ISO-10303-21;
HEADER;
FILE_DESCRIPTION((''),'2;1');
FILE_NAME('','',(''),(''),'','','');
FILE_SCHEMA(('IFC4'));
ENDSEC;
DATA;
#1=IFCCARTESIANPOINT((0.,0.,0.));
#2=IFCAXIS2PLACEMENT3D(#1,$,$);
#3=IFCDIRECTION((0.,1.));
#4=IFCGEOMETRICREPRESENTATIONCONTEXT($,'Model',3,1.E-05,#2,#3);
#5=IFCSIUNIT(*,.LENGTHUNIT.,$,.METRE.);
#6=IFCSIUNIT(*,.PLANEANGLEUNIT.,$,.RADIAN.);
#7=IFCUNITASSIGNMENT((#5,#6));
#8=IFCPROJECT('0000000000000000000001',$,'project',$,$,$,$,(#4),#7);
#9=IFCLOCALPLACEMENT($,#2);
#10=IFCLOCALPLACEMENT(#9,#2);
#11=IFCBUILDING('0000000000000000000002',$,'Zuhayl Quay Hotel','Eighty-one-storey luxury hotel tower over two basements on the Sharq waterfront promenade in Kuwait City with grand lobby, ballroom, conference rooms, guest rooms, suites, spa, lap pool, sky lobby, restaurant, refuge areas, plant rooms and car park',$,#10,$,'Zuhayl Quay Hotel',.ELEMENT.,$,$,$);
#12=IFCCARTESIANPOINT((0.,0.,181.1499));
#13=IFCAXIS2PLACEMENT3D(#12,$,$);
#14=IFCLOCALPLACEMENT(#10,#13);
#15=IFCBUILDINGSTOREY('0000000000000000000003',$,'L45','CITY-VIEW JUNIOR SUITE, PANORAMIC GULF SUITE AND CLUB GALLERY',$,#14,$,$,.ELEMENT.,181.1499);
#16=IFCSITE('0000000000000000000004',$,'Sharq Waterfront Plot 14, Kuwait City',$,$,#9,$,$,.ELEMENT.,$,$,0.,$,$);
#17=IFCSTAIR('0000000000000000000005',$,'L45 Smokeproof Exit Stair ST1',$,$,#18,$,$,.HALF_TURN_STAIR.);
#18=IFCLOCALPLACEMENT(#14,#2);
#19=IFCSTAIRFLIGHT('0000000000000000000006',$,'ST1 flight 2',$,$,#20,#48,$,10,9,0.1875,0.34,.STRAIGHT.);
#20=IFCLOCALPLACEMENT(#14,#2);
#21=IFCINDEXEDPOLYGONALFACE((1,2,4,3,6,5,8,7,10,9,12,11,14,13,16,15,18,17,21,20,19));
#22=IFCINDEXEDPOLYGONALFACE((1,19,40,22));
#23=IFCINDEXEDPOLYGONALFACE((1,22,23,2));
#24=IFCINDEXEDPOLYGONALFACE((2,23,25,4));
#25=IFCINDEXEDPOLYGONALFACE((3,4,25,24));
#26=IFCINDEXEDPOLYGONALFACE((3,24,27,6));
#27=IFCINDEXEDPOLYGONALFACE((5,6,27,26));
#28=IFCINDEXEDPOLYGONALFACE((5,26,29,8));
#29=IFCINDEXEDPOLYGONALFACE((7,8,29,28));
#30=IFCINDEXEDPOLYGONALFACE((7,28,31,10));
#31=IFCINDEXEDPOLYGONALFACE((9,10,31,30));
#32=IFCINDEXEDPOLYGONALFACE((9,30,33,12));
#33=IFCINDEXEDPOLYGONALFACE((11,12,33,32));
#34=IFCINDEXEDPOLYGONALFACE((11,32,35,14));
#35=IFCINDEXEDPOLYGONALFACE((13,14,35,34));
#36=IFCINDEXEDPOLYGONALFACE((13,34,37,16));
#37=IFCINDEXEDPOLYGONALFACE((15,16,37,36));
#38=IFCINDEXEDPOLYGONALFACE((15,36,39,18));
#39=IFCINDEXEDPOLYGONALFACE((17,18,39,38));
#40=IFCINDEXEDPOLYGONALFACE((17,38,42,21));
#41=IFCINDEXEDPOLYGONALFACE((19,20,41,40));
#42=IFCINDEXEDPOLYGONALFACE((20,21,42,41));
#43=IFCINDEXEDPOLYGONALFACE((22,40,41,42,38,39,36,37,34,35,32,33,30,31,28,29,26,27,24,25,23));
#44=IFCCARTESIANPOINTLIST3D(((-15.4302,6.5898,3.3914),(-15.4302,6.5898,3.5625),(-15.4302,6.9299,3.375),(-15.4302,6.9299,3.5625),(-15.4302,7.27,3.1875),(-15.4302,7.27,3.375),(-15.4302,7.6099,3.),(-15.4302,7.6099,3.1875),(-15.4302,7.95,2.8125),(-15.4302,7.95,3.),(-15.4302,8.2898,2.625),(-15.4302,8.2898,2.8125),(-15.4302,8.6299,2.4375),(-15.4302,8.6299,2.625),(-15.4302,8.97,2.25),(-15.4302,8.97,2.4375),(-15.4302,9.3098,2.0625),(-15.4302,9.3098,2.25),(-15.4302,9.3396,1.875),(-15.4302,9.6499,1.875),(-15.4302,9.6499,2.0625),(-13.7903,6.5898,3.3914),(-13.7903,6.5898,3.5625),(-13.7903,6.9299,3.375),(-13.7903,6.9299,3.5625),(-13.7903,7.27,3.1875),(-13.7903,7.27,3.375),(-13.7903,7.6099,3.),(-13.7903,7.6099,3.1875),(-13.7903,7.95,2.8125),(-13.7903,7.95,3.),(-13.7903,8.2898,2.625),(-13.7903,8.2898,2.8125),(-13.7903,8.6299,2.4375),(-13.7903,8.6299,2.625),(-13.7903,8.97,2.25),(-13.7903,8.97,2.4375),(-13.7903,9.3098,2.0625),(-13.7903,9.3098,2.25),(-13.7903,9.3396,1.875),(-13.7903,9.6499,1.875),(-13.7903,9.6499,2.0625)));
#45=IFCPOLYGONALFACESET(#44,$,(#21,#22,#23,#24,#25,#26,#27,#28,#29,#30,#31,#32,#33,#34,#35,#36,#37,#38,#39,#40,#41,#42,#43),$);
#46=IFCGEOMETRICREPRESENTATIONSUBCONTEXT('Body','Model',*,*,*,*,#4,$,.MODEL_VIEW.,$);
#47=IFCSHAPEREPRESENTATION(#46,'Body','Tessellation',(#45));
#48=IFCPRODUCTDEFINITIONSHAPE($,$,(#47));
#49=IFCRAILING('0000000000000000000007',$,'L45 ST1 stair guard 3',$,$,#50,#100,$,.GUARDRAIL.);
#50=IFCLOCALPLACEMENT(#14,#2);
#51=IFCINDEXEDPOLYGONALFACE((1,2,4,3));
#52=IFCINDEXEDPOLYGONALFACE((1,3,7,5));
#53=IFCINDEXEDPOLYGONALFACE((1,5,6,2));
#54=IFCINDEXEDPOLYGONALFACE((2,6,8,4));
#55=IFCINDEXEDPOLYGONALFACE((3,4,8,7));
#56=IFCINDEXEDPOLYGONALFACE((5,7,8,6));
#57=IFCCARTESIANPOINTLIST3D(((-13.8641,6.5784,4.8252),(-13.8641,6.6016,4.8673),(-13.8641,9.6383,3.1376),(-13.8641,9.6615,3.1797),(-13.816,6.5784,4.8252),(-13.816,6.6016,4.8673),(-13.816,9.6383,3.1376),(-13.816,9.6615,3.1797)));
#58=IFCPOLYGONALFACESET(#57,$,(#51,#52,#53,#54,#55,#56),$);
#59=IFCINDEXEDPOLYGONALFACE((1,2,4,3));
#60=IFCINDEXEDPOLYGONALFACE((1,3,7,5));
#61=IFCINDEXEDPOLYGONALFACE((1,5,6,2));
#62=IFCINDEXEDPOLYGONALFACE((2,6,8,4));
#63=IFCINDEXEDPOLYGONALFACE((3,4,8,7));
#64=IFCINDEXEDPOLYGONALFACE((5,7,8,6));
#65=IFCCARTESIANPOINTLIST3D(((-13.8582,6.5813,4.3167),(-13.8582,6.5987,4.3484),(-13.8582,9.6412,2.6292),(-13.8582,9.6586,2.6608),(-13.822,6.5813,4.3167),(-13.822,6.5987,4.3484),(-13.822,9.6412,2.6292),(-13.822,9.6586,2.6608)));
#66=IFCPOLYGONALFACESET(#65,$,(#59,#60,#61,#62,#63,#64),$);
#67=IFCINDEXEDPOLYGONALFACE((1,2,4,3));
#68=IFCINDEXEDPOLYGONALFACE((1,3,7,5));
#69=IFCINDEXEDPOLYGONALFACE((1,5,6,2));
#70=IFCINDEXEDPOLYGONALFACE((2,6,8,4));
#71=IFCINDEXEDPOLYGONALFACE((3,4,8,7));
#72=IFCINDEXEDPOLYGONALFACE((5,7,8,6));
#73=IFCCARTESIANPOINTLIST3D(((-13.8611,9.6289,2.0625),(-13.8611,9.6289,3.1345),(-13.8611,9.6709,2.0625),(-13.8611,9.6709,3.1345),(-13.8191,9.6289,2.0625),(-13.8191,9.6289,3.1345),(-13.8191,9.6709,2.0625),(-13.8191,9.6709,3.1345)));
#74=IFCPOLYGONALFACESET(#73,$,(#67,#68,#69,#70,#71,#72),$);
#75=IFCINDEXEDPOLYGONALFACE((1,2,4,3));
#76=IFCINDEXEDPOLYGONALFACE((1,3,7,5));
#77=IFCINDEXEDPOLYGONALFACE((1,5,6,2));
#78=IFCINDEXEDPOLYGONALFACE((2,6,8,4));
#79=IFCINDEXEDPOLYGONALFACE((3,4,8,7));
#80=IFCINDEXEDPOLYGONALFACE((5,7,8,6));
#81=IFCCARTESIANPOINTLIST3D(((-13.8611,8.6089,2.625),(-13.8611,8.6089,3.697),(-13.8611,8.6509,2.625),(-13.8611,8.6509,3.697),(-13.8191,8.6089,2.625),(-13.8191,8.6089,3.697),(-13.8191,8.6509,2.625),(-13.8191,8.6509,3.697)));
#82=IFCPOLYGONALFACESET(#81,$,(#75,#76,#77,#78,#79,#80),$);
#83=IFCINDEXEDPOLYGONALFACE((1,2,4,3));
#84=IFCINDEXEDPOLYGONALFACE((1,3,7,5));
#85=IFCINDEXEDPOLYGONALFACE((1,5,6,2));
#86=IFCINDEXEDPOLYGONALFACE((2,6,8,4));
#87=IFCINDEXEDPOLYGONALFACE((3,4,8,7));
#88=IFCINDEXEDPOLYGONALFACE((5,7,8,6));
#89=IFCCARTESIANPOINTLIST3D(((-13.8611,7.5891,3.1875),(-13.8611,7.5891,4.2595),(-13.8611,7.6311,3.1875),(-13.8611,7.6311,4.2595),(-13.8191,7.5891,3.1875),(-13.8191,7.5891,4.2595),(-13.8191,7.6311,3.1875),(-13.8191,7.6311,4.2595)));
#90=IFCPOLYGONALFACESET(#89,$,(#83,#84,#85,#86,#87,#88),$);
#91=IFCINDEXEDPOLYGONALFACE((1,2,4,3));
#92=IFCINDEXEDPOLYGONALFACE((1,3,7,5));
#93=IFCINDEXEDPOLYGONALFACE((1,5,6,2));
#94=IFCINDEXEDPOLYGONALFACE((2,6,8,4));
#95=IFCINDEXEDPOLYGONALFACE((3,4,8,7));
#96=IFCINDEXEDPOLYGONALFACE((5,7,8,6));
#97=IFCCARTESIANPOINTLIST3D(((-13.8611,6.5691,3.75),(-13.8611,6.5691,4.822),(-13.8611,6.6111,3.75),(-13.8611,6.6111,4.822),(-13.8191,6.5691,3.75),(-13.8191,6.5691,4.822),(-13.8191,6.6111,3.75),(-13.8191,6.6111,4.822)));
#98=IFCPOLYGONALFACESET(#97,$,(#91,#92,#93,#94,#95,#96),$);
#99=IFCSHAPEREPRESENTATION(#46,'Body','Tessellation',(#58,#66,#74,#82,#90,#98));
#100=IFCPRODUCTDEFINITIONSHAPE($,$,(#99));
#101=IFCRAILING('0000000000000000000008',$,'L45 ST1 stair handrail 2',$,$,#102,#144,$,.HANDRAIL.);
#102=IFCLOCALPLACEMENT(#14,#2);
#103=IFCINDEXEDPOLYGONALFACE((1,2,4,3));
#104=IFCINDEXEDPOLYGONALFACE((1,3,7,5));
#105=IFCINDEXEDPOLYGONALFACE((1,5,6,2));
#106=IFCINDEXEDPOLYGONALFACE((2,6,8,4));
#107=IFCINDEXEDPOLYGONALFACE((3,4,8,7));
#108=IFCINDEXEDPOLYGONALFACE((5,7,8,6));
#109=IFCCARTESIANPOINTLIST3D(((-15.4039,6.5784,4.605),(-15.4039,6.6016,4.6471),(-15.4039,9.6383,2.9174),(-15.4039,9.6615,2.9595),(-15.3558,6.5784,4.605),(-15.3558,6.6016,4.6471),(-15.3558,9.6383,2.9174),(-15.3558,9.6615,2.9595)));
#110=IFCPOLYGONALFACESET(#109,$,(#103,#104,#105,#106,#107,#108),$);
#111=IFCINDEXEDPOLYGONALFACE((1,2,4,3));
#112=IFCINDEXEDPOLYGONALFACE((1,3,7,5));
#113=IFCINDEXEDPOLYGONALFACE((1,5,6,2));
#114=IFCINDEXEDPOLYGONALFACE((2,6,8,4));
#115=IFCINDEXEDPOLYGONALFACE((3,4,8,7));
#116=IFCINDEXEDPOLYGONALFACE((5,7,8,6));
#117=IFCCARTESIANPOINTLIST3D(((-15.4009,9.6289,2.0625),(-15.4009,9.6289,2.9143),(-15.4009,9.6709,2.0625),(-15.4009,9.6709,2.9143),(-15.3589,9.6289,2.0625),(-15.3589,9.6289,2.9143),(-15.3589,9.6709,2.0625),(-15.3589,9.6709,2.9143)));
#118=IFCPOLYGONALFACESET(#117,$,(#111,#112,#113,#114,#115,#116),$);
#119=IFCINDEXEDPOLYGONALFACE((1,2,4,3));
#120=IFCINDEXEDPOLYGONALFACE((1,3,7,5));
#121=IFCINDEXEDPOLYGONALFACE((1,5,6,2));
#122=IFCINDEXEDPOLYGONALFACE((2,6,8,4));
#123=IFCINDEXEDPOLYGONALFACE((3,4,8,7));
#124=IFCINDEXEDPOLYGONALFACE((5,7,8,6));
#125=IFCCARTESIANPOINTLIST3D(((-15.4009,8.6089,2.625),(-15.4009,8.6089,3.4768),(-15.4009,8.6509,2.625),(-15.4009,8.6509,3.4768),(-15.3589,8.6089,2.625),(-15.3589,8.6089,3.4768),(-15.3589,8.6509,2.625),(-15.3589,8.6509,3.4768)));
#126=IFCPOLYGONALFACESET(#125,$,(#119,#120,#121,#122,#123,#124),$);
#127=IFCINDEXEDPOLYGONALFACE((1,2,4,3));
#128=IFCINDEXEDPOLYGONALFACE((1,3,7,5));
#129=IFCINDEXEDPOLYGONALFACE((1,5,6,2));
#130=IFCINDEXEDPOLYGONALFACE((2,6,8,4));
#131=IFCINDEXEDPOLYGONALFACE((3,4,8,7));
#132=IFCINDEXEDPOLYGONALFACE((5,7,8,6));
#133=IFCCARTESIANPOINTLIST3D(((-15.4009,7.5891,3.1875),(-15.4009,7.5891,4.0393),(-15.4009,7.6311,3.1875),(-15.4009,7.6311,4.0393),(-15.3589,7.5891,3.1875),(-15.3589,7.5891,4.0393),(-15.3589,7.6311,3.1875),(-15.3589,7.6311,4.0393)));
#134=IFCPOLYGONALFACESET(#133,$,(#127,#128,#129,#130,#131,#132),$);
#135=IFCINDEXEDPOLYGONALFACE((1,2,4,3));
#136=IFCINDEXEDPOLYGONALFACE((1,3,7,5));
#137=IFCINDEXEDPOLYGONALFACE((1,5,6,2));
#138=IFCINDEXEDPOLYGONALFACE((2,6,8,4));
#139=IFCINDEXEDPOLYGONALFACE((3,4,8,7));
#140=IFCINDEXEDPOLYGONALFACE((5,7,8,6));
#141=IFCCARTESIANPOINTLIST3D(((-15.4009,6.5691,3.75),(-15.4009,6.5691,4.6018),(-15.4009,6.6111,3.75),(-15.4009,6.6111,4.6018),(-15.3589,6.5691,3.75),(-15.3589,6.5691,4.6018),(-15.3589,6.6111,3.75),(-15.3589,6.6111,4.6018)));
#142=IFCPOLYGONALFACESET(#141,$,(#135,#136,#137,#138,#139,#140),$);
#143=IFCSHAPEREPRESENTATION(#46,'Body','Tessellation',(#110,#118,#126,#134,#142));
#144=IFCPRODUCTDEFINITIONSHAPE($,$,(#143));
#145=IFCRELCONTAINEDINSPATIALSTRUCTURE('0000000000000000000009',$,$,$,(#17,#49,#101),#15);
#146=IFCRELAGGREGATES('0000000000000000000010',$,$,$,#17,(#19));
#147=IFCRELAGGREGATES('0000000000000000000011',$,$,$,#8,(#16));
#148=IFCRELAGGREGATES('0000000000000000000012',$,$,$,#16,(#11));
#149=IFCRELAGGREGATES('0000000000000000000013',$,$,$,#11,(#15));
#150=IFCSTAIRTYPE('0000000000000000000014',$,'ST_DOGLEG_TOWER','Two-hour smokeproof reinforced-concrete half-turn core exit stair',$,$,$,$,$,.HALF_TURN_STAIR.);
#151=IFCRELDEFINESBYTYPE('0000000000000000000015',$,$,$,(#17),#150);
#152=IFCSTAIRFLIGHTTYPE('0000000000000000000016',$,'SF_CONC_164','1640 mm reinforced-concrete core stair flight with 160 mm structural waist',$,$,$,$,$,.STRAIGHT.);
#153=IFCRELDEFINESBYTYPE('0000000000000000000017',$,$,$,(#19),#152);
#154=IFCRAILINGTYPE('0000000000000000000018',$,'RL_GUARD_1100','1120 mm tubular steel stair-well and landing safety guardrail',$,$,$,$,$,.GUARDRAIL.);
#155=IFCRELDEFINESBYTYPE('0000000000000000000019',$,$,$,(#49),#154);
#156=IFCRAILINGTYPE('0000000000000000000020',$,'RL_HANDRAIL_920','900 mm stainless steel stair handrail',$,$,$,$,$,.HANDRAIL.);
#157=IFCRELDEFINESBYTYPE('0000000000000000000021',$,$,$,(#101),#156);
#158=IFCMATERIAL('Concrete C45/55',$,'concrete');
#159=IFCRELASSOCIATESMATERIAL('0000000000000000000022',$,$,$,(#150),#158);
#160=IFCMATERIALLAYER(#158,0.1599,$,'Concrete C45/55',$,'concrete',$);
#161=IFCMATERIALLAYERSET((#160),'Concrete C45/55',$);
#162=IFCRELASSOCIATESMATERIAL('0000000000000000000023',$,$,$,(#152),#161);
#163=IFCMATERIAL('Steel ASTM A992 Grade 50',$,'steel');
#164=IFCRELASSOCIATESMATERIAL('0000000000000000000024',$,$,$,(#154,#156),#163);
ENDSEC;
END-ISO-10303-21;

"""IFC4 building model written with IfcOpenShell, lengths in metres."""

from ifc_helpers import new_model, si_unit, direction, frame, origin, origin_2d, place, context, subcontext, project, spatial, polyline, rectangle, outline, extrude, material, layer, layer_set, type_object, element, aggregate, save


model = new_model("IFC4")

# Units and contexts
model_context = context("Model", 3, precision=1e-05, world=origin(), true_north=direction((0.0, 1.0)))
body_context = subcontext(model_context, "Body", "Model", "MODEL_VIEW")
ifc_project = project(units=[si_unit("LENGTHUNIT", "METRE"), si_unit("PLANEANGLEUNIT", "RADIAN")], contexts=[model_context])

# Site, building, storey
site_placement = place(None, origin())
site = spatial("IfcSite", under=ifc_project, at=site_placement, Name="Sharq Waterfront Plot 14, Kuwait City", CompositionType="ELEMENT", RefElevation=0.0)
building_placement = place(site_placement, origin())
building = spatial("IfcBuilding", under=site, at=building_placement, Name="Zuhayl Quay Hotel", Description="Eighty-one-storey luxury hotel tower over two basements on the Sharq waterfront promenade in Kuwait City with grand lobby, ballroom, conference rooms, guest rooms, suites, spa, lap pool, sky lobby, restaurant, refuge areas, plant rooms and car park", LongName="Zuhayl Quay Hotel", CompositionType="ELEMENT")
storey_placement = place(building_placement, frame((0.0, 0.0, 181.1499)))
storey = spatial("IfcBuildingStorey", under=building, at=storey_placement, Name="L45", Description="CITY-VIEW JUNIOR SUITE, PANORAMIC GULF SUITE AND CLUB GALLERY", CompositionType="ELEMENT", Elevation=181.1499)

# Shared definitions
ifc_material_1 = material(Name="Steel ASTM A992 Grade 50", Category="steel")

# Stair, stair flight
ifc_material_2 = material(Name="Concrete C45/55", Category="concrete")
stair_type = type_object("IfcStairType", Name="ST_DOGLEG_TOWER", Description="Two-hour smokeproof reinforced-concrete half-turn core exit stair", PredefinedType="HALF_TURN_STAIR", material=ifc_material_2)
stair_placement = place(storey_placement, origin())
stair = element("IfcStair", 1, at=stair_placement, inside=storey, type_object=stair_type, Name="L45 Smokeproof Exit Stair ST1", PredefinedType="HALF_TURN_STAIR")
ifc_layer_1 = layer(ifc_material_2, 0.1599, Name="Concrete C45/55", Category="concrete")
ifc_layer_set_1 = layer_set([ifc_layer_1], Name="Concrete C45/55")
stair_flight_type = type_object("IfcStairFlightType", Name="SF_CONC_164", Description="1640 mm reinforced-concrete core stair flight with 160 mm structural waist", PredefinedType="STRAIGHT", material=ifc_layer_set_1)
stair_flight_placement = place(storey_placement, frame((-14.6101, 9.6499, 1.875), z_axis=(0.0, 0.0, 1.0), x_axis=(0.0, -1.0, 0.0)))
stair_flight = element("IfcStairFlight", 2, at=stair_flight_placement, type_object=stair_flight_type, Name="ST1 flight 2", NumberOfRisers=10, NumberOfTreads=9, PredefinedType="STRAIGHT", RiserHeight=0.1875, TreadLength=0.34, context=body_context, shape_type="SweptSolid", body=[
    extrude(outline(polyline([(0.0, 0.0), (0.0, 0.1875), (0.3401, 0.1875), (0.3401, 0.375), (0.6799, 0.375), (0.6799, 0.5625), (1.02, 0.5625), (1.02, 0.75), (1.3601, 0.75), (1.3601, 0.9375), (1.7, 0.9375), (1.7, 1.125), (2.04, 1.125), (2.04, 1.3125), (2.3799, 1.3125), (2.3799, 1.5), (2.72, 1.5), (2.72, 1.6875), (3.0601, 1.6875), (3.0601, 1.875), (3.0601, 1.5164), (0.3103, 0.0), (0.0, 0.0)])), frame((0.0, 0.8198, 0.0), z_axis=(0.0, -1.0, 0.0), x_axis=(1.0, 0.0, 0.0)), (0.0, 0.0, 1.0), 1.6399),
])
aggregate(stair, [stair_flight])

# Railings
railing_type_1 = type_object("IfcRailingType", Name="RL_GUARD_1100", Description="1120 mm tubular steel stair-well and landing safety guardrail", PredefinedType="GUARDRAIL", material=ifc_material_1)
railing_1_placement = place(storey_placement, frame((-13.8401, 9.6499, 2.0625)))
element("IfcRailing", 3, at=railing_1_placement, inside=storey, type_object=railing_type_1, Name="L45 ST1 stair guard 3", PredefinedType="GUARDRAIL", context=body_context, shape_type="SweptSolid", body=[
    extrude(rectangle(XDim=0.0481, YDim=0.0481, at=origin_2d()), frame((0.0, 0.0, 1.0962), z_axis=(0.0, -0.875659, 0.48293), x_axis=(1.0, 0.0, 0.0)), (0.0, 0.0, 1.0), 3.4944),
    extrude(rectangle(XDim=0.0361, YDim=0.0361, at=origin_2d()), frame((0.0, 0.0, 0.5825), z_axis=(0.0, -0.875659, 0.48293), x_axis=(1.0, 0.0, 0.0)), (0.0, 0.0, 1.0), 3.4944),
    extrude(rectangle(XDim=0.042, YDim=0.042, at=origin_2d()), origin(), (0.0, 0.0, 1.0), 1.072),
    extrude(rectangle(XDim=0.042, YDim=0.042, at=origin_2d()), frame((0.0, -1.02, 0.5625)), (0.0, 0.0, 1.0), 1.072),
    extrude(rectangle(XDim=0.042, YDim=0.042, at=origin_2d()), frame((0.0, -2.0398, 1.125)), (0.0, 0.0, 1.0), 1.072),
    extrude(rectangle(XDim=0.042, YDim=0.042, at=origin_2d()), frame((0.0, -3.0598, 1.6875)), (0.0, 0.0, 1.0), 1.072),
])
railing_type_2 = type_object("IfcRailingType", Name="RL_HANDRAIL_920", Description="900 mm stainless steel stair handrail", PredefinedType="HANDRAIL", material=ifc_material_1)
railing_2_placement = place(storey_placement, frame((-15.3799, 9.6499, 2.0625)))
element("IfcRailing", 4, at=railing_2_placement, inside=storey, type_object=railing_type_2, Name="L45 ST1 stair handrail 2", PredefinedType="HANDRAIL", context=body_context, shape_type="SweptSolid", body=[
    extrude(rectangle(XDim=0.0481, YDim=0.0481, at=origin_2d()), frame((0.0, 0.0, 0.876), z_axis=(0.0, -0.875659, 0.48293), x_axis=(1.0, 0.0, 0.0)), (0.0, 0.0, 1.0), 3.4944),
    extrude(rectangle(XDim=0.042, YDim=0.042, at=origin_2d()), origin(), (0.0, 0.0, 1.0), 0.8518),
    extrude(rectangle(XDim=0.042, YDim=0.042, at=origin_2d()), frame((0.0, -1.02, 0.5625)), (0.0, 0.0, 1.0), 0.8518),
    extrude(rectangle(XDim=0.042, YDim=0.042, at=origin_2d()), frame((0.0, -2.0398, 1.125)), (0.0, 0.0, 1.0), 0.8518),
    extrude(rectangle(XDim=0.042, YDim=0.042, at=origin_2d()), frame((0.0, -3.0598, 1.6875)), (0.0, 0.0, 1.0), 0.8518),
])

save(model, "model.ifc")
